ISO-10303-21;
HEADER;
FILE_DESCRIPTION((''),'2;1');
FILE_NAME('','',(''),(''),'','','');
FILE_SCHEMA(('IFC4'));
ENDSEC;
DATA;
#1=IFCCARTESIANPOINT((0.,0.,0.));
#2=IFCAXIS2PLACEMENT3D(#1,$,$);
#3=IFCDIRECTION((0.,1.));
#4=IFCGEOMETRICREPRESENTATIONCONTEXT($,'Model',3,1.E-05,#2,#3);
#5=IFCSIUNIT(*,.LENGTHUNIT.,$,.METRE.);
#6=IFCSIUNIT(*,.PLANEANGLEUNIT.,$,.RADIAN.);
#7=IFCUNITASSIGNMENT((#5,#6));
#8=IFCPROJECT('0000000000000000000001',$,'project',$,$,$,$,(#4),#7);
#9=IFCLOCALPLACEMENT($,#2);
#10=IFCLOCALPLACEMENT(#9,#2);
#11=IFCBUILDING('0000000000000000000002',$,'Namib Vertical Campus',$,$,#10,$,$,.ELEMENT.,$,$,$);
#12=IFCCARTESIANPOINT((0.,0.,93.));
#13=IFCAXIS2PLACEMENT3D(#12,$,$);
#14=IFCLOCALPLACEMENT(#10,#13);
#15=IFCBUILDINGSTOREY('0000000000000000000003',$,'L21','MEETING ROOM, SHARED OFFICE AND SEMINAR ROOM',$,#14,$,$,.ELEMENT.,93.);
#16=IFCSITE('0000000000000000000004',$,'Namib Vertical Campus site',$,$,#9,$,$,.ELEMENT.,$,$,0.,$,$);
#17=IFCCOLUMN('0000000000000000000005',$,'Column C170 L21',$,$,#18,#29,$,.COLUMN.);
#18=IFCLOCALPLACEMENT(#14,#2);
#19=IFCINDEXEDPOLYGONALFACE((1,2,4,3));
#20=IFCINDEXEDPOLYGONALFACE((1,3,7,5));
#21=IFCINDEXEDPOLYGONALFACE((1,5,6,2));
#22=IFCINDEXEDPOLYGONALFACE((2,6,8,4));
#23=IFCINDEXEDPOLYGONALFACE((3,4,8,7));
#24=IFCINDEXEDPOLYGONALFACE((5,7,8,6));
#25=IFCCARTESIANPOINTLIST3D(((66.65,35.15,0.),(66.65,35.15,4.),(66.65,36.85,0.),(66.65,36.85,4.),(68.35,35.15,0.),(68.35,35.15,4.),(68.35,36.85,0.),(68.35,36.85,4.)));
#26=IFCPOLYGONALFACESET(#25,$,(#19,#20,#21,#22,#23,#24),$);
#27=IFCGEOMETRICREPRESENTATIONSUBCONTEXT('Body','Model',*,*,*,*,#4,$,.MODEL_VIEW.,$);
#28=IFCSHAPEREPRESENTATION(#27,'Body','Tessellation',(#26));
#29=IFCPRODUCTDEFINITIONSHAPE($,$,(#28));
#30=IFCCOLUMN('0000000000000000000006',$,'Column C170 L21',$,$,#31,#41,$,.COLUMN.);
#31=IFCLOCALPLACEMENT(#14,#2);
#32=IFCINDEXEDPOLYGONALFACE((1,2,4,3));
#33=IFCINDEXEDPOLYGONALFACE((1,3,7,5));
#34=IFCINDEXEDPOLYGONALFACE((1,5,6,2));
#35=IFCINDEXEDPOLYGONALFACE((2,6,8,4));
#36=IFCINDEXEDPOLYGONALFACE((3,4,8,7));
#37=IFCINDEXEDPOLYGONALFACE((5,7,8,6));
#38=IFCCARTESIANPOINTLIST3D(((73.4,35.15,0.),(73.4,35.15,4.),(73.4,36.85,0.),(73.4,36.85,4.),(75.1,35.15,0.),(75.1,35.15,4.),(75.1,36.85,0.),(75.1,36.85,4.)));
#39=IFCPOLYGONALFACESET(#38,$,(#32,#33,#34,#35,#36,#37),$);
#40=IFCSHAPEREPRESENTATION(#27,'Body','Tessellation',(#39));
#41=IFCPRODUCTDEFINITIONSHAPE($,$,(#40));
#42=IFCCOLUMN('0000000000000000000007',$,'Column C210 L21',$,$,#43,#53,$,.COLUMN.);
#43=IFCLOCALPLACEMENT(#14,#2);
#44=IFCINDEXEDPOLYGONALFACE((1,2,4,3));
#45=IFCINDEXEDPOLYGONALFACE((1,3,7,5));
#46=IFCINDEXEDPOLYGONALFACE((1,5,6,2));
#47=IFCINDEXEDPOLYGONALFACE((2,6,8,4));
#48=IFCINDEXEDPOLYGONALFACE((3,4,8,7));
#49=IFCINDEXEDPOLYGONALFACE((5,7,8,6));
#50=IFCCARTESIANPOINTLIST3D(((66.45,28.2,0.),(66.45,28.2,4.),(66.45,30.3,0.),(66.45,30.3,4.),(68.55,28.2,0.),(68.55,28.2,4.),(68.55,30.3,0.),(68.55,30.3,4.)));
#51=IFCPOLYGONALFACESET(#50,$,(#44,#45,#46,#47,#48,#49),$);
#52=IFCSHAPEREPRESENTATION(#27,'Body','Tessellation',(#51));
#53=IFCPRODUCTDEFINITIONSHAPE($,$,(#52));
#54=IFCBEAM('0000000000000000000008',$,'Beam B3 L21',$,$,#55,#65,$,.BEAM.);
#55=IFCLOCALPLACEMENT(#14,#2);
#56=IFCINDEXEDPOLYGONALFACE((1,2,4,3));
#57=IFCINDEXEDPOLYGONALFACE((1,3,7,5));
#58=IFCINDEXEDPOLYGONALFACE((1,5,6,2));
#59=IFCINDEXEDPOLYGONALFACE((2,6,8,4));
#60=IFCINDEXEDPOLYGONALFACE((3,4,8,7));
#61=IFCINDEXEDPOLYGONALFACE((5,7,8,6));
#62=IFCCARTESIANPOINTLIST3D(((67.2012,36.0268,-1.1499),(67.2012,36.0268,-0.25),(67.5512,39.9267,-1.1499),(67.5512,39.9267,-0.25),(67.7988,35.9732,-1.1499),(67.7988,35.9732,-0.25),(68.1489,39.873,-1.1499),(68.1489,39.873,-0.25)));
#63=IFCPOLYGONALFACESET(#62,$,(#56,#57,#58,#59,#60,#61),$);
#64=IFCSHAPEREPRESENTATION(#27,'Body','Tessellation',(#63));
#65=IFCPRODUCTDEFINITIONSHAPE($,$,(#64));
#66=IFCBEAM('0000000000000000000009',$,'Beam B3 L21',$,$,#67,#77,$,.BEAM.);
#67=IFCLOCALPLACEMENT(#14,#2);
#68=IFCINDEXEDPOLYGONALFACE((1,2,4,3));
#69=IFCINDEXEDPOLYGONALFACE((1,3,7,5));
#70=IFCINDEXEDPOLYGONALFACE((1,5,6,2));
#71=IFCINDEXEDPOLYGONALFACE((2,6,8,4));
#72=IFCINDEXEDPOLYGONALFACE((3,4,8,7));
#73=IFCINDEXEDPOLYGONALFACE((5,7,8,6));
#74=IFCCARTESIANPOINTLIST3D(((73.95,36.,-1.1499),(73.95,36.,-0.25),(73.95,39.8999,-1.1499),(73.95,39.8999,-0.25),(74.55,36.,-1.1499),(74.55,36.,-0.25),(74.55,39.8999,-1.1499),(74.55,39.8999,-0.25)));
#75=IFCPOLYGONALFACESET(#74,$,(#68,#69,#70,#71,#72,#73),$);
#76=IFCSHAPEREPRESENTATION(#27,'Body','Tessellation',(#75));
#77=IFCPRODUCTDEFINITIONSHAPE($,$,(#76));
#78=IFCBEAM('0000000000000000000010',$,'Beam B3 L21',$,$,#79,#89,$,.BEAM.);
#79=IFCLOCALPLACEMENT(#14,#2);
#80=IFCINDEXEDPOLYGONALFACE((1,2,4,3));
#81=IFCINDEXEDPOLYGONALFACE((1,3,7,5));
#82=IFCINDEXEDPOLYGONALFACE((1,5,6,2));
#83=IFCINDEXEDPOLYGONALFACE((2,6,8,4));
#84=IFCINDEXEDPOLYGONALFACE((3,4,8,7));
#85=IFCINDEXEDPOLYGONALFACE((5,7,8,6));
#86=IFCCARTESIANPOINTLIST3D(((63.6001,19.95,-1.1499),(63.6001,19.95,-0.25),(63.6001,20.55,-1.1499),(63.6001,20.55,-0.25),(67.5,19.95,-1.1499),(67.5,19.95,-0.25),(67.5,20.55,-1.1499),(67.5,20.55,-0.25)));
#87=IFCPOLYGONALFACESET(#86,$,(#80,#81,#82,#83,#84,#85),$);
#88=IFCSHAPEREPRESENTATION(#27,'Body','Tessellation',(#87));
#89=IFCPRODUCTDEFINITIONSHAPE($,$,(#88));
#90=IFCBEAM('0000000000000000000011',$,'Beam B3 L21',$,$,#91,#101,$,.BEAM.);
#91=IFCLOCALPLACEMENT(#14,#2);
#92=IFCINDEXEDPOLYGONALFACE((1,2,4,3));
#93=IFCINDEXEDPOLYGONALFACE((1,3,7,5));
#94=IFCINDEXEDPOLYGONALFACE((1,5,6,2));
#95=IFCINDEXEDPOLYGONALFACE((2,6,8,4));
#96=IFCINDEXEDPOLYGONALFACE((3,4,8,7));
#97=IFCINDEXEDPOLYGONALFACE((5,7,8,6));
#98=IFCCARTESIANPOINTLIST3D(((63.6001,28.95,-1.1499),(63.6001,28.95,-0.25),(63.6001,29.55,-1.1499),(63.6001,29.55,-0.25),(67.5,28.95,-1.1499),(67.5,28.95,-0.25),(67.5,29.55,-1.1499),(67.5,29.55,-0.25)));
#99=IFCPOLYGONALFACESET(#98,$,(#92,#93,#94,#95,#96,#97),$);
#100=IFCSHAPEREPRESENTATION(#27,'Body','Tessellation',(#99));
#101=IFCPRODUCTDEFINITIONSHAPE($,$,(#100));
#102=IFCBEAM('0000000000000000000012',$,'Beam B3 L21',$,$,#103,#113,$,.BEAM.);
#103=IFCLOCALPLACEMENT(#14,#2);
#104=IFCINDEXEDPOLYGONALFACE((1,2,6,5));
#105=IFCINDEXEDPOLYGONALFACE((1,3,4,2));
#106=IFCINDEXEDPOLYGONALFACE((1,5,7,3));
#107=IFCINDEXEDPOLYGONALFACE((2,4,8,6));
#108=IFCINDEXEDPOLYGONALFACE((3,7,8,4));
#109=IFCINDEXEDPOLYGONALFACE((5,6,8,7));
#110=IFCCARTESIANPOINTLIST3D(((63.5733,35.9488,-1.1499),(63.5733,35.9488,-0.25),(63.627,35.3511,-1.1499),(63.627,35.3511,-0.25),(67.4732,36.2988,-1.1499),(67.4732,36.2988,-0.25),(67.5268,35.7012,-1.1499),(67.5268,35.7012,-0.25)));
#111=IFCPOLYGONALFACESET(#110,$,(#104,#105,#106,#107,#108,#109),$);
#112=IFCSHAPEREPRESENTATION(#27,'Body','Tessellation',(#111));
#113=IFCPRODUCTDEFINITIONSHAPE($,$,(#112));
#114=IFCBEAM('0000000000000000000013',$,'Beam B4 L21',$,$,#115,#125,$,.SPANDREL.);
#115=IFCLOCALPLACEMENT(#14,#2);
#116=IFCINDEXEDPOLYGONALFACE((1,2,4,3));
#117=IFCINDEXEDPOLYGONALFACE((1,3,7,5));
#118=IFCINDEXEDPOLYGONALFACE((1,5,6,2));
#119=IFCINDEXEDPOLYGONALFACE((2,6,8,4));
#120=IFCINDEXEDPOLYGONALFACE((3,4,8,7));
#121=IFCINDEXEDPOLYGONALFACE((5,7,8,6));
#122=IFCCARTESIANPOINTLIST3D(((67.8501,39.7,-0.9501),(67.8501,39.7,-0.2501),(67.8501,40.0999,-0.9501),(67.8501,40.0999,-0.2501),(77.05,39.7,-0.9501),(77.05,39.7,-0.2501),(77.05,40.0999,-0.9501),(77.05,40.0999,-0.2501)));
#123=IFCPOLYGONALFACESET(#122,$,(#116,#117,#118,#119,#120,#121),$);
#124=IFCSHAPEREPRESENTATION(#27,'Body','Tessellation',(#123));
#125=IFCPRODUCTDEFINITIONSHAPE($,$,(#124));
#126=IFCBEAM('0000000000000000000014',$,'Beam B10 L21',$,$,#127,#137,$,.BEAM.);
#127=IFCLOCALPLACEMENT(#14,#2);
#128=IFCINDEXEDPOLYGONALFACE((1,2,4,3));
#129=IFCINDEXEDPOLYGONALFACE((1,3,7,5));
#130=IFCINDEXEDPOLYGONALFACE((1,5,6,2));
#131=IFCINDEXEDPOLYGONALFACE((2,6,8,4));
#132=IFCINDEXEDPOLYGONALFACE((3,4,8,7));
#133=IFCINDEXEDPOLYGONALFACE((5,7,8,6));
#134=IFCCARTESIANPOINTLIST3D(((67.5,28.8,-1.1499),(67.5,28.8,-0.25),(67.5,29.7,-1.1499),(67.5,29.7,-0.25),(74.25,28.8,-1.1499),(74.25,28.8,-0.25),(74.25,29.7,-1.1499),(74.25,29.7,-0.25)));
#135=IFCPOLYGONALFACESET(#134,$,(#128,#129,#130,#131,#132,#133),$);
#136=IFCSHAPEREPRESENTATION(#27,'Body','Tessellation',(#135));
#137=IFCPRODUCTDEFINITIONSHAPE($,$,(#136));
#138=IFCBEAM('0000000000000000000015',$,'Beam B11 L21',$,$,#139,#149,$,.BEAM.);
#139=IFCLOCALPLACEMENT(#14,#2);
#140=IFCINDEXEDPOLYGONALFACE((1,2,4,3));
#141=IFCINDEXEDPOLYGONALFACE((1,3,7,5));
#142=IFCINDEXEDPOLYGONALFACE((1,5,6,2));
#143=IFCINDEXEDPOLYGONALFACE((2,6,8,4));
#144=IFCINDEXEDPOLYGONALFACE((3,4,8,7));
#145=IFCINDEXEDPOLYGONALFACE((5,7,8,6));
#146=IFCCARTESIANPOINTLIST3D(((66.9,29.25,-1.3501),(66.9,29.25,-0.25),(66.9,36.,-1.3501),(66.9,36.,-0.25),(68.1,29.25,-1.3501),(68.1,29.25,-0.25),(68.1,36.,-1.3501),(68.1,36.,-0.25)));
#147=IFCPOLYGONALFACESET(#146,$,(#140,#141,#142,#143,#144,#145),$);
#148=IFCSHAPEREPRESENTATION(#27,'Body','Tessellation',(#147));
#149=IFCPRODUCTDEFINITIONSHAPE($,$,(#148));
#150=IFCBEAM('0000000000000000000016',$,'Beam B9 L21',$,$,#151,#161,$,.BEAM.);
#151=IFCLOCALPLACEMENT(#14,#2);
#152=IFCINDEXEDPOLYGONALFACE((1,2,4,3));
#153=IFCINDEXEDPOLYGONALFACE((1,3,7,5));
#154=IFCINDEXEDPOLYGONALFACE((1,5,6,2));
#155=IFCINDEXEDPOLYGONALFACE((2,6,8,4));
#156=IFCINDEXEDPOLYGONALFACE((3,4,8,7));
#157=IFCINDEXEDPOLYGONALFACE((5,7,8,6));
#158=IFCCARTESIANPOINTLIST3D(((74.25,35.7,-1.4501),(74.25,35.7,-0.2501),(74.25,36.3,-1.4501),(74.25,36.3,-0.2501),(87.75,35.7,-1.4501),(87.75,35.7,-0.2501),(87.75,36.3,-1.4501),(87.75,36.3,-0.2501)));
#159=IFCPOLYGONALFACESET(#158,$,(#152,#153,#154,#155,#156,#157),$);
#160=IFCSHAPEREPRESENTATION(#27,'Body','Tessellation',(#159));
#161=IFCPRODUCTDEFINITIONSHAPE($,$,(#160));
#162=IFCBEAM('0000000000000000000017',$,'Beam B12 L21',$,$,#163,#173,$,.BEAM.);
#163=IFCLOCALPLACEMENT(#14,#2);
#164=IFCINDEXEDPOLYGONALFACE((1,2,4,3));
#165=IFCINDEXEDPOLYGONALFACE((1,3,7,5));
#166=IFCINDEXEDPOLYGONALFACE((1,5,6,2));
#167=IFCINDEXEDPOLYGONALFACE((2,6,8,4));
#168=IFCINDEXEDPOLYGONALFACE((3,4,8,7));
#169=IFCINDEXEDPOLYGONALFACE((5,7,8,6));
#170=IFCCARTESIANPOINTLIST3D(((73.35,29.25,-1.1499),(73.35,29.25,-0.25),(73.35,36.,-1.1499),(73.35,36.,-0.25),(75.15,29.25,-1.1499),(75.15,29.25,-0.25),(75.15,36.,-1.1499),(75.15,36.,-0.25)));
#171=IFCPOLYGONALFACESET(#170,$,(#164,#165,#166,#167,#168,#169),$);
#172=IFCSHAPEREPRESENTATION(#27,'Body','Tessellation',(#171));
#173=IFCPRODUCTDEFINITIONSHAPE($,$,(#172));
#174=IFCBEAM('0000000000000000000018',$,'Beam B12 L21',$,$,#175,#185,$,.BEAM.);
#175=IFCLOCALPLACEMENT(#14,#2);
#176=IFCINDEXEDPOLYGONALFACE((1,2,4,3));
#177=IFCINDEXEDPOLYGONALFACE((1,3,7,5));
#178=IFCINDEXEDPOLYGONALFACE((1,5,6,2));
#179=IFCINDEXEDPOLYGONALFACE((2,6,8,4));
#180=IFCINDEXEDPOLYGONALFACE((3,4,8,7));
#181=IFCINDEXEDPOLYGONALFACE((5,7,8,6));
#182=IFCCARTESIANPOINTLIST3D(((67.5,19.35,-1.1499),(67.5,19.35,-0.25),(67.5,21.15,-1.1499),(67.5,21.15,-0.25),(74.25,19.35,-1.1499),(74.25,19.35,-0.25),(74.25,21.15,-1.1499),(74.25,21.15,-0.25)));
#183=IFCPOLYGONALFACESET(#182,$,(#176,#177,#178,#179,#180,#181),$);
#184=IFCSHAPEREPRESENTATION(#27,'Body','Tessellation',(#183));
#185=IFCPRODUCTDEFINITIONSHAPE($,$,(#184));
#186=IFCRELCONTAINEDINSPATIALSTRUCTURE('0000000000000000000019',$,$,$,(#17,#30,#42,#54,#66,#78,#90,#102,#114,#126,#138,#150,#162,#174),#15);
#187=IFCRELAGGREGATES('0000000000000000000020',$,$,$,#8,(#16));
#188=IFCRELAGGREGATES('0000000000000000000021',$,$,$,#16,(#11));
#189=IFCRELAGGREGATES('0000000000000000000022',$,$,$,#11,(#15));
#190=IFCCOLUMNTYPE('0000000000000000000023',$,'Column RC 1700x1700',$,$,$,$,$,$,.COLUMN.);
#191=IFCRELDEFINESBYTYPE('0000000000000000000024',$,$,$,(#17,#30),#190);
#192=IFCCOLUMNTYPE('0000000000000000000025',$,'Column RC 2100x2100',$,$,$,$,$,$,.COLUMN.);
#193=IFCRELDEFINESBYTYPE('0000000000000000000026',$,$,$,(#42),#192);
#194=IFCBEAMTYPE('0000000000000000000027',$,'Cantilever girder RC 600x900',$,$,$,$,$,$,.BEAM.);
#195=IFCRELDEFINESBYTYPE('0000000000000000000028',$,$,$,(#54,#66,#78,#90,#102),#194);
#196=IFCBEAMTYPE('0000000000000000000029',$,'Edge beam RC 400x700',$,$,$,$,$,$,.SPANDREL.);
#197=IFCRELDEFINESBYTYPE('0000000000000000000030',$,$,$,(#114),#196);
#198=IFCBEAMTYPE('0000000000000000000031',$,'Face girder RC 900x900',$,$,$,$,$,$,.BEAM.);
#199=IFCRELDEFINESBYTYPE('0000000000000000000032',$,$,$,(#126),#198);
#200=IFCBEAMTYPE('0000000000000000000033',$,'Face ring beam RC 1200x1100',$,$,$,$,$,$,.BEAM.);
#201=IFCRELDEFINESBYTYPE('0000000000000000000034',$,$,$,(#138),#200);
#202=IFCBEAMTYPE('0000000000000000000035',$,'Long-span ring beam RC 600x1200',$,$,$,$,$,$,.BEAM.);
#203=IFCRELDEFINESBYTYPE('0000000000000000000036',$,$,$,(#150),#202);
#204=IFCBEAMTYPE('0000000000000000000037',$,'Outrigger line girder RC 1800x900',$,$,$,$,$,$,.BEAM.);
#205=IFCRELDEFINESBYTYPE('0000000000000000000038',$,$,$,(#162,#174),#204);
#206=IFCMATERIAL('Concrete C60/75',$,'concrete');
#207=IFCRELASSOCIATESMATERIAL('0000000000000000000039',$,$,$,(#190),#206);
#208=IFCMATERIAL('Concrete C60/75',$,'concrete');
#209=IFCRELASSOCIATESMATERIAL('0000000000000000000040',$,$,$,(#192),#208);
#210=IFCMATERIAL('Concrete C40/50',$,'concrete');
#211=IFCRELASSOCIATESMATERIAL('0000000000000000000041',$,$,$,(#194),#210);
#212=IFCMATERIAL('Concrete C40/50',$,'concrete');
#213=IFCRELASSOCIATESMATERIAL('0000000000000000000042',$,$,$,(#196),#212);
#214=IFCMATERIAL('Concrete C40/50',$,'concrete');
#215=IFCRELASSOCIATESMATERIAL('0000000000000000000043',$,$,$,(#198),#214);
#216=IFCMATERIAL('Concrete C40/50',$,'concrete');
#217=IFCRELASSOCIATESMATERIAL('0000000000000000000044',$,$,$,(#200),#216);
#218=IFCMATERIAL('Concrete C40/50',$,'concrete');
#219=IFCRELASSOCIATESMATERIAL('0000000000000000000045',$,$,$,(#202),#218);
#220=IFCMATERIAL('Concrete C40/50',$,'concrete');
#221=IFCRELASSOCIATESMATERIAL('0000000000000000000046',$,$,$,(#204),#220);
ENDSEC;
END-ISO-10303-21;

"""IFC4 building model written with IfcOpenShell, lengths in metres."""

from ifc_helpers import new_model, si_unit, direction, frame, origin, origin_2d, place, context, subcontext, project, spatial, rectangle, extrude, material, material_profile, profile_set, type_object, element, save


model = new_model("IFC4")

# Units and contexts
model_context = context("Model", 3, precision=1e-05, world=origin(), true_north=direction((0.0, 1.0)))
body_context = subcontext(model_context, "Body", "Model", "MODEL_VIEW")
ifc_project = project(units=[si_unit("LENGTHUNIT", "METRE"), si_unit("PLANEANGLEUNIT", "RADIAN")], contexts=[model_context])

# Site, building, storey
site_placement = place(None, origin())
site = spatial("IfcSite", under=ifc_project, at=site_placement, Name="Namib Vertical Campus site", CompositionType="ELEMENT", RefElevation=0.0)
building_placement = place(site_placement, origin())
building = spatial("IfcBuilding", under=site, at=building_placement, Name="Namib Vertical Campus", CompositionType="ELEMENT")
storey_placement = place(building_placement, frame((0.0, 0.0, 93.0)))
storey = spatial("IfcBuildingStorey", under=building, at=storey_placement, Name="L21", Description="MEETING ROOM, SHARED OFFICE AND SEMINAR ROOM", CompositionType="ELEMENT", Elevation=93.0)

# Columns
ifc_material_1 = material(Name="Concrete C60/75", Category="concrete")
ifc_material_profile_1 = material_profile(ifc_material_1, rectangle(XDim=1.7, YDim=1.7, at=origin_2d()))
ifc_profile_set_1 = profile_set([ifc_material_profile_1], Name="Concrete C60/75")
column_type_1 = type_object("IfcColumnType", Name="Column RC 1700x1700", PredefinedType="COLUMN", material=ifc_profile_set_1)
for number, where, z_axis, x_axis, name in (
    (1, (67.5, 36.0, 0.0), (0.0, 0.0, 1.0), (1.0, 0.0, 0.0), "Column C170 L21"),
    (2, (74.25, 36.0, 0.0), (0.0, 0.0, 1.0), (1.0, 0.0, 0.0), "Column C170 L21"),
):
    element("IfcColumn", number, at=place(storey_placement, frame(where, z_axis=z_axis, x_axis=x_axis)), inside=storey, type_object=column_type_1, Name=name, PredefinedType="COLUMN", context=body_context, shape_type="SweptSolid", body=[
        extrude(rectangle(XDim=1.7, YDim=1.7, at=origin_2d()), origin(), (0.0, 0.0, 1.0), 4.0),
    ])
ifc_material_2 = material(Name="Concrete C60/75", Category="concrete")
ifc_material_profile_2 = material_profile(ifc_material_2, rectangle(XDim=2.1001, YDim=2.1001, at=origin_2d()))
ifc_profile_set_2 = profile_set([ifc_material_profile_2], Name="Concrete C60/75")
column_type_2 = type_object("IfcColumnType", Name="Column RC 2100x2100", PredefinedType="COLUMN", material=ifc_profile_set_2)
column_placement = place(storey_placement, frame((67.5, 29.25, 0.0), z_axis=(0.0, 0.0, 1.0), x_axis=(1.0, 0.0, 0.0)))
element("IfcColumn", 3, at=column_placement, inside=storey, type_object=column_type_2, Name="Column C210 L21", PredefinedType="COLUMN", context=body_context, shape_type="SweptSolid", body=[
    extrude(rectangle(XDim=2.1001, YDim=2.1001, at=origin_2d()), origin(), (0.0, 0.0, 1.0), 4.0),
])

# Beams
ifc_material_3 = material(Name="Concrete C40/50", Category="concrete")
ifc_material_profile_3 = material_profile(ifc_material_3, rectangle(XDim=0.6001, YDim=0.8999, at=origin_2d()))
ifc_profile_set_3 = profile_set([ifc_material_profile_3], Name="Concrete C40/50")
beam_type_1 = type_object("IfcBeamType", Name="Cantilever girder RC 600x900", PredefinedType="BEAM", material=ifc_profile_set_3)
beam_1_placement = place(storey_placement, frame((67.5, 36.0, -0.7), z_axis=(0.089411, 0.995995, 0.0), x_axis=(-0.995995, 0.089411, 0.0)))
element("IfcBeam", 4, at=beam_1_placement, inside=storey, type_object=beam_type_1, Name="Beam B3 L21", PredefinedType="BEAM", context=body_context, shape_type="SweptSolid", body=[
    extrude(rectangle(XDim=0.6001, YDim=0.8999, at=origin_2d()), origin(), (0.0, 0.0, 1.0), 3.9155),
])
for number, where, z_axis, x_axis, name in (
    (5, (74.25, 36.0, -0.7), (0.0, 1.0, 0.0), (-1.0, 0.0, 0.0), "Beam B3 L21"),
    (6, (67.5, 20.25, -0.7), (-1.0, 0.0, 0.0), (0.0, -1.0, 0.0), "Beam B3 L21"),
    (7, (67.5, 29.25, -0.7), (-1.0, 0.0, 0.0), (0.0, -1.0, 0.0), "Beam B3 L21"),
):
    element("IfcBeam", number, at=place(storey_placement, frame(where, z_axis=z_axis, x_axis=x_axis)), inside=storey, type_object=beam_type_1, Name=name, PredefinedType="BEAM", context=body_context, shape_type="SweptSolid", body=[
        extrude(rectangle(XDim=0.6001, YDim=0.8999, at=origin_2d()), origin(), (0.0, 0.0, 1.0), 3.8999),
    ])
beam_2_placement = place(storey_placement, frame((67.5, 36.0, -0.7), z_axis=(-0.995995, -0.089411, 0.0), x_axis=(0.089411, -0.995995, 0.0)))
element("IfcBeam", 8, at=beam_2_placement, inside=storey, type_object=beam_type_1, Name="Beam B3 L21", PredefinedType="BEAM", context=body_context, shape_type="SweptSolid", body=[
    extrude(rectangle(XDim=0.6001, YDim=0.8999, at=origin_2d()), origin(), (0.0, 0.0, 1.0), 3.9155),
])
ifc_material_4 = material(Name="Concrete C40/50", Category="concrete")
ifc_material_profile_4 = material_profile(ifc_material_4, rectangle(XDim=0.3999, YDim=0.7, at=origin_2d()))
ifc_profile_set_4 = profile_set([ifc_material_profile_4], Name="Concrete C40/50")
beam_type_2 = type_object("IfcBeamType", Name="Edge beam RC 400x700", PredefinedType="SPANDREL", material=ifc_profile_set_4)
beam_3_placement = place(storey_placement, frame((67.8501, 39.8999, -0.6001), z_axis=(1.0, 0.0, 0.0), x_axis=(0.0, 1.0, 0.0)))
element("IfcBeam", 9, at=beam_3_placement, inside=storey, type_object=beam_type_2, Name="Beam B4 L21", PredefinedType="SPANDREL", context=body_context, shape_type="SweptSolid", body=[
    extrude(rectangle(XDim=0.3999, YDim=0.7, at=origin_2d()), origin(), (0.0, 0.0, 1.0), 9.2),
])
ifc_material_5 = material(Name="Concrete C40/50", Category="concrete")
ifc_material_profile_5 = material_profile(ifc_material_5, rectangle(XDim=0.8999, YDim=0.8999, at=origin_2d()))
ifc_profile_set_5 = profile_set([ifc_material_profile_5], Name="Concrete C40/50")
beam_type_3 = type_object("IfcBeamType", Name="Face girder RC 900x900", PredefinedType="BEAM", material=ifc_profile_set_5)
beam_4_placement = place(storey_placement, frame((67.5, 29.25, -0.7), z_axis=(1.0, 0.0, 0.0), x_axis=(0.0, 1.0, 0.0)))
element("IfcBeam", 10, at=beam_4_placement, inside=storey, type_object=beam_type_3, Name="Beam B10 L21", PredefinedType="BEAM", context=body_context, shape_type="SweptSolid", body=[
    extrude(rectangle(XDim=0.8999, YDim=0.8999, at=origin_2d()), origin(), (0.0, 0.0, 1.0), 6.75),
])
ifc_material_6 = material(Name="Concrete C40/50", Category="concrete")
ifc_material_profile_6 = material_profile(ifc_material_6, rectangle(XDim=1.2, YDim=1.1001, at=origin_2d()))
ifc_profile_set_6 = profile_set([ifc_material_profile_6], Name="Concrete C40/50")
beam_type_4 = type_object("IfcBeamType", Name="Face ring beam RC 1200x1100", PredefinedType="BEAM", material=ifc_profile_set_6)
beam_5_placement = place(storey_placement, frame((67.5, 29.25, -0.8), z_axis=(0.0, 1.0, 0.0), x_axis=(-1.0, 0.0, 0.0)))
element("IfcBeam", 11, at=beam_5_placement, inside=storey, type_object=beam_type_4, Name="Beam B11 L21", PredefinedType="BEAM", context=body_context, shape_type="SweptSolid", body=[
    extrude(rectangle(XDim=1.2, YDim=1.1001, at=origin_2d()), origin(), (0.0, 0.0, 1.0), 6.75),
])
ifc_material_7 = material(Name="Concrete C40/50", Category="concrete")
ifc_material_profile_7 = material_profile(ifc_material_7, rectangle(XDim=0.6001, YDim=1.2, at=origin_2d()))
ifc_profile_set_7 = profile_set([ifc_material_profile_7], Name="Concrete C40/50")
beam_type_5 = type_object("IfcBeamType", Name="Long-span ring beam RC 600x1200", PredefinedType="BEAM", material=ifc_profile_set_7)
beam_6_placement = place(storey_placement, frame((74.25, 36.0, -0.8501), z_axis=(1.0, 0.0, 0.0), x_axis=(0.0, 1.0, 0.0)))
element("IfcBeam", 12, at=beam_6_placement, inside=storey, type_object=beam_type_5, Name="Beam B9 L21", PredefinedType="BEAM", context=body_context, shape_type="SweptSolid", body=[
    extrude(rectangle(XDim=0.6001, YDim=1.2, at=origin_2d()), origin(), (0.0, 0.0, 1.0), 13.5),
])
ifc_material_8 = material(Name="Concrete C40/50", Category="concrete")
ifc_material_profile_8 = material_profile(ifc_material_8, rectangle(XDim=1.8, YDim=0.8999, at=origin_2d()))
ifc_profile_set_8 = profile_set([ifc_material_profile_8], Name="Concrete C40/50")
beam_type_6 = type_object("IfcBeamType", Name="Outrigger line girder RC 1800x900", PredefinedType="BEAM", material=ifc_profile_set_8)
for number, where, z_axis, x_axis, name in (
    (13, (74.25, 36.0, -0.7), (0.0, -1.0, 0.0), (1.0, 0.0, 0.0), "Beam B12 L21"),
    (14, (67.5, 20.25, -0.7), (1.0, 0.0, 0.0), (0.0, 1.0, 0.0), "Beam B12 L21"),
):
    element("IfcBeam", number, at=place(storey_placement, frame(where, z_axis=z_axis, x_axis=x_axis)), inside=storey, type_object=beam_type_6, Name=name, PredefinedType="BEAM", context=body_context, shape_type="SweptSolid", body=[
        extrude(rectangle(XDim=1.8, YDim=0.8999, at=origin_2d()), origin(), (0.0, 0.0, 1.0), 6.75),
    ])

save(model, "model.ifc")
